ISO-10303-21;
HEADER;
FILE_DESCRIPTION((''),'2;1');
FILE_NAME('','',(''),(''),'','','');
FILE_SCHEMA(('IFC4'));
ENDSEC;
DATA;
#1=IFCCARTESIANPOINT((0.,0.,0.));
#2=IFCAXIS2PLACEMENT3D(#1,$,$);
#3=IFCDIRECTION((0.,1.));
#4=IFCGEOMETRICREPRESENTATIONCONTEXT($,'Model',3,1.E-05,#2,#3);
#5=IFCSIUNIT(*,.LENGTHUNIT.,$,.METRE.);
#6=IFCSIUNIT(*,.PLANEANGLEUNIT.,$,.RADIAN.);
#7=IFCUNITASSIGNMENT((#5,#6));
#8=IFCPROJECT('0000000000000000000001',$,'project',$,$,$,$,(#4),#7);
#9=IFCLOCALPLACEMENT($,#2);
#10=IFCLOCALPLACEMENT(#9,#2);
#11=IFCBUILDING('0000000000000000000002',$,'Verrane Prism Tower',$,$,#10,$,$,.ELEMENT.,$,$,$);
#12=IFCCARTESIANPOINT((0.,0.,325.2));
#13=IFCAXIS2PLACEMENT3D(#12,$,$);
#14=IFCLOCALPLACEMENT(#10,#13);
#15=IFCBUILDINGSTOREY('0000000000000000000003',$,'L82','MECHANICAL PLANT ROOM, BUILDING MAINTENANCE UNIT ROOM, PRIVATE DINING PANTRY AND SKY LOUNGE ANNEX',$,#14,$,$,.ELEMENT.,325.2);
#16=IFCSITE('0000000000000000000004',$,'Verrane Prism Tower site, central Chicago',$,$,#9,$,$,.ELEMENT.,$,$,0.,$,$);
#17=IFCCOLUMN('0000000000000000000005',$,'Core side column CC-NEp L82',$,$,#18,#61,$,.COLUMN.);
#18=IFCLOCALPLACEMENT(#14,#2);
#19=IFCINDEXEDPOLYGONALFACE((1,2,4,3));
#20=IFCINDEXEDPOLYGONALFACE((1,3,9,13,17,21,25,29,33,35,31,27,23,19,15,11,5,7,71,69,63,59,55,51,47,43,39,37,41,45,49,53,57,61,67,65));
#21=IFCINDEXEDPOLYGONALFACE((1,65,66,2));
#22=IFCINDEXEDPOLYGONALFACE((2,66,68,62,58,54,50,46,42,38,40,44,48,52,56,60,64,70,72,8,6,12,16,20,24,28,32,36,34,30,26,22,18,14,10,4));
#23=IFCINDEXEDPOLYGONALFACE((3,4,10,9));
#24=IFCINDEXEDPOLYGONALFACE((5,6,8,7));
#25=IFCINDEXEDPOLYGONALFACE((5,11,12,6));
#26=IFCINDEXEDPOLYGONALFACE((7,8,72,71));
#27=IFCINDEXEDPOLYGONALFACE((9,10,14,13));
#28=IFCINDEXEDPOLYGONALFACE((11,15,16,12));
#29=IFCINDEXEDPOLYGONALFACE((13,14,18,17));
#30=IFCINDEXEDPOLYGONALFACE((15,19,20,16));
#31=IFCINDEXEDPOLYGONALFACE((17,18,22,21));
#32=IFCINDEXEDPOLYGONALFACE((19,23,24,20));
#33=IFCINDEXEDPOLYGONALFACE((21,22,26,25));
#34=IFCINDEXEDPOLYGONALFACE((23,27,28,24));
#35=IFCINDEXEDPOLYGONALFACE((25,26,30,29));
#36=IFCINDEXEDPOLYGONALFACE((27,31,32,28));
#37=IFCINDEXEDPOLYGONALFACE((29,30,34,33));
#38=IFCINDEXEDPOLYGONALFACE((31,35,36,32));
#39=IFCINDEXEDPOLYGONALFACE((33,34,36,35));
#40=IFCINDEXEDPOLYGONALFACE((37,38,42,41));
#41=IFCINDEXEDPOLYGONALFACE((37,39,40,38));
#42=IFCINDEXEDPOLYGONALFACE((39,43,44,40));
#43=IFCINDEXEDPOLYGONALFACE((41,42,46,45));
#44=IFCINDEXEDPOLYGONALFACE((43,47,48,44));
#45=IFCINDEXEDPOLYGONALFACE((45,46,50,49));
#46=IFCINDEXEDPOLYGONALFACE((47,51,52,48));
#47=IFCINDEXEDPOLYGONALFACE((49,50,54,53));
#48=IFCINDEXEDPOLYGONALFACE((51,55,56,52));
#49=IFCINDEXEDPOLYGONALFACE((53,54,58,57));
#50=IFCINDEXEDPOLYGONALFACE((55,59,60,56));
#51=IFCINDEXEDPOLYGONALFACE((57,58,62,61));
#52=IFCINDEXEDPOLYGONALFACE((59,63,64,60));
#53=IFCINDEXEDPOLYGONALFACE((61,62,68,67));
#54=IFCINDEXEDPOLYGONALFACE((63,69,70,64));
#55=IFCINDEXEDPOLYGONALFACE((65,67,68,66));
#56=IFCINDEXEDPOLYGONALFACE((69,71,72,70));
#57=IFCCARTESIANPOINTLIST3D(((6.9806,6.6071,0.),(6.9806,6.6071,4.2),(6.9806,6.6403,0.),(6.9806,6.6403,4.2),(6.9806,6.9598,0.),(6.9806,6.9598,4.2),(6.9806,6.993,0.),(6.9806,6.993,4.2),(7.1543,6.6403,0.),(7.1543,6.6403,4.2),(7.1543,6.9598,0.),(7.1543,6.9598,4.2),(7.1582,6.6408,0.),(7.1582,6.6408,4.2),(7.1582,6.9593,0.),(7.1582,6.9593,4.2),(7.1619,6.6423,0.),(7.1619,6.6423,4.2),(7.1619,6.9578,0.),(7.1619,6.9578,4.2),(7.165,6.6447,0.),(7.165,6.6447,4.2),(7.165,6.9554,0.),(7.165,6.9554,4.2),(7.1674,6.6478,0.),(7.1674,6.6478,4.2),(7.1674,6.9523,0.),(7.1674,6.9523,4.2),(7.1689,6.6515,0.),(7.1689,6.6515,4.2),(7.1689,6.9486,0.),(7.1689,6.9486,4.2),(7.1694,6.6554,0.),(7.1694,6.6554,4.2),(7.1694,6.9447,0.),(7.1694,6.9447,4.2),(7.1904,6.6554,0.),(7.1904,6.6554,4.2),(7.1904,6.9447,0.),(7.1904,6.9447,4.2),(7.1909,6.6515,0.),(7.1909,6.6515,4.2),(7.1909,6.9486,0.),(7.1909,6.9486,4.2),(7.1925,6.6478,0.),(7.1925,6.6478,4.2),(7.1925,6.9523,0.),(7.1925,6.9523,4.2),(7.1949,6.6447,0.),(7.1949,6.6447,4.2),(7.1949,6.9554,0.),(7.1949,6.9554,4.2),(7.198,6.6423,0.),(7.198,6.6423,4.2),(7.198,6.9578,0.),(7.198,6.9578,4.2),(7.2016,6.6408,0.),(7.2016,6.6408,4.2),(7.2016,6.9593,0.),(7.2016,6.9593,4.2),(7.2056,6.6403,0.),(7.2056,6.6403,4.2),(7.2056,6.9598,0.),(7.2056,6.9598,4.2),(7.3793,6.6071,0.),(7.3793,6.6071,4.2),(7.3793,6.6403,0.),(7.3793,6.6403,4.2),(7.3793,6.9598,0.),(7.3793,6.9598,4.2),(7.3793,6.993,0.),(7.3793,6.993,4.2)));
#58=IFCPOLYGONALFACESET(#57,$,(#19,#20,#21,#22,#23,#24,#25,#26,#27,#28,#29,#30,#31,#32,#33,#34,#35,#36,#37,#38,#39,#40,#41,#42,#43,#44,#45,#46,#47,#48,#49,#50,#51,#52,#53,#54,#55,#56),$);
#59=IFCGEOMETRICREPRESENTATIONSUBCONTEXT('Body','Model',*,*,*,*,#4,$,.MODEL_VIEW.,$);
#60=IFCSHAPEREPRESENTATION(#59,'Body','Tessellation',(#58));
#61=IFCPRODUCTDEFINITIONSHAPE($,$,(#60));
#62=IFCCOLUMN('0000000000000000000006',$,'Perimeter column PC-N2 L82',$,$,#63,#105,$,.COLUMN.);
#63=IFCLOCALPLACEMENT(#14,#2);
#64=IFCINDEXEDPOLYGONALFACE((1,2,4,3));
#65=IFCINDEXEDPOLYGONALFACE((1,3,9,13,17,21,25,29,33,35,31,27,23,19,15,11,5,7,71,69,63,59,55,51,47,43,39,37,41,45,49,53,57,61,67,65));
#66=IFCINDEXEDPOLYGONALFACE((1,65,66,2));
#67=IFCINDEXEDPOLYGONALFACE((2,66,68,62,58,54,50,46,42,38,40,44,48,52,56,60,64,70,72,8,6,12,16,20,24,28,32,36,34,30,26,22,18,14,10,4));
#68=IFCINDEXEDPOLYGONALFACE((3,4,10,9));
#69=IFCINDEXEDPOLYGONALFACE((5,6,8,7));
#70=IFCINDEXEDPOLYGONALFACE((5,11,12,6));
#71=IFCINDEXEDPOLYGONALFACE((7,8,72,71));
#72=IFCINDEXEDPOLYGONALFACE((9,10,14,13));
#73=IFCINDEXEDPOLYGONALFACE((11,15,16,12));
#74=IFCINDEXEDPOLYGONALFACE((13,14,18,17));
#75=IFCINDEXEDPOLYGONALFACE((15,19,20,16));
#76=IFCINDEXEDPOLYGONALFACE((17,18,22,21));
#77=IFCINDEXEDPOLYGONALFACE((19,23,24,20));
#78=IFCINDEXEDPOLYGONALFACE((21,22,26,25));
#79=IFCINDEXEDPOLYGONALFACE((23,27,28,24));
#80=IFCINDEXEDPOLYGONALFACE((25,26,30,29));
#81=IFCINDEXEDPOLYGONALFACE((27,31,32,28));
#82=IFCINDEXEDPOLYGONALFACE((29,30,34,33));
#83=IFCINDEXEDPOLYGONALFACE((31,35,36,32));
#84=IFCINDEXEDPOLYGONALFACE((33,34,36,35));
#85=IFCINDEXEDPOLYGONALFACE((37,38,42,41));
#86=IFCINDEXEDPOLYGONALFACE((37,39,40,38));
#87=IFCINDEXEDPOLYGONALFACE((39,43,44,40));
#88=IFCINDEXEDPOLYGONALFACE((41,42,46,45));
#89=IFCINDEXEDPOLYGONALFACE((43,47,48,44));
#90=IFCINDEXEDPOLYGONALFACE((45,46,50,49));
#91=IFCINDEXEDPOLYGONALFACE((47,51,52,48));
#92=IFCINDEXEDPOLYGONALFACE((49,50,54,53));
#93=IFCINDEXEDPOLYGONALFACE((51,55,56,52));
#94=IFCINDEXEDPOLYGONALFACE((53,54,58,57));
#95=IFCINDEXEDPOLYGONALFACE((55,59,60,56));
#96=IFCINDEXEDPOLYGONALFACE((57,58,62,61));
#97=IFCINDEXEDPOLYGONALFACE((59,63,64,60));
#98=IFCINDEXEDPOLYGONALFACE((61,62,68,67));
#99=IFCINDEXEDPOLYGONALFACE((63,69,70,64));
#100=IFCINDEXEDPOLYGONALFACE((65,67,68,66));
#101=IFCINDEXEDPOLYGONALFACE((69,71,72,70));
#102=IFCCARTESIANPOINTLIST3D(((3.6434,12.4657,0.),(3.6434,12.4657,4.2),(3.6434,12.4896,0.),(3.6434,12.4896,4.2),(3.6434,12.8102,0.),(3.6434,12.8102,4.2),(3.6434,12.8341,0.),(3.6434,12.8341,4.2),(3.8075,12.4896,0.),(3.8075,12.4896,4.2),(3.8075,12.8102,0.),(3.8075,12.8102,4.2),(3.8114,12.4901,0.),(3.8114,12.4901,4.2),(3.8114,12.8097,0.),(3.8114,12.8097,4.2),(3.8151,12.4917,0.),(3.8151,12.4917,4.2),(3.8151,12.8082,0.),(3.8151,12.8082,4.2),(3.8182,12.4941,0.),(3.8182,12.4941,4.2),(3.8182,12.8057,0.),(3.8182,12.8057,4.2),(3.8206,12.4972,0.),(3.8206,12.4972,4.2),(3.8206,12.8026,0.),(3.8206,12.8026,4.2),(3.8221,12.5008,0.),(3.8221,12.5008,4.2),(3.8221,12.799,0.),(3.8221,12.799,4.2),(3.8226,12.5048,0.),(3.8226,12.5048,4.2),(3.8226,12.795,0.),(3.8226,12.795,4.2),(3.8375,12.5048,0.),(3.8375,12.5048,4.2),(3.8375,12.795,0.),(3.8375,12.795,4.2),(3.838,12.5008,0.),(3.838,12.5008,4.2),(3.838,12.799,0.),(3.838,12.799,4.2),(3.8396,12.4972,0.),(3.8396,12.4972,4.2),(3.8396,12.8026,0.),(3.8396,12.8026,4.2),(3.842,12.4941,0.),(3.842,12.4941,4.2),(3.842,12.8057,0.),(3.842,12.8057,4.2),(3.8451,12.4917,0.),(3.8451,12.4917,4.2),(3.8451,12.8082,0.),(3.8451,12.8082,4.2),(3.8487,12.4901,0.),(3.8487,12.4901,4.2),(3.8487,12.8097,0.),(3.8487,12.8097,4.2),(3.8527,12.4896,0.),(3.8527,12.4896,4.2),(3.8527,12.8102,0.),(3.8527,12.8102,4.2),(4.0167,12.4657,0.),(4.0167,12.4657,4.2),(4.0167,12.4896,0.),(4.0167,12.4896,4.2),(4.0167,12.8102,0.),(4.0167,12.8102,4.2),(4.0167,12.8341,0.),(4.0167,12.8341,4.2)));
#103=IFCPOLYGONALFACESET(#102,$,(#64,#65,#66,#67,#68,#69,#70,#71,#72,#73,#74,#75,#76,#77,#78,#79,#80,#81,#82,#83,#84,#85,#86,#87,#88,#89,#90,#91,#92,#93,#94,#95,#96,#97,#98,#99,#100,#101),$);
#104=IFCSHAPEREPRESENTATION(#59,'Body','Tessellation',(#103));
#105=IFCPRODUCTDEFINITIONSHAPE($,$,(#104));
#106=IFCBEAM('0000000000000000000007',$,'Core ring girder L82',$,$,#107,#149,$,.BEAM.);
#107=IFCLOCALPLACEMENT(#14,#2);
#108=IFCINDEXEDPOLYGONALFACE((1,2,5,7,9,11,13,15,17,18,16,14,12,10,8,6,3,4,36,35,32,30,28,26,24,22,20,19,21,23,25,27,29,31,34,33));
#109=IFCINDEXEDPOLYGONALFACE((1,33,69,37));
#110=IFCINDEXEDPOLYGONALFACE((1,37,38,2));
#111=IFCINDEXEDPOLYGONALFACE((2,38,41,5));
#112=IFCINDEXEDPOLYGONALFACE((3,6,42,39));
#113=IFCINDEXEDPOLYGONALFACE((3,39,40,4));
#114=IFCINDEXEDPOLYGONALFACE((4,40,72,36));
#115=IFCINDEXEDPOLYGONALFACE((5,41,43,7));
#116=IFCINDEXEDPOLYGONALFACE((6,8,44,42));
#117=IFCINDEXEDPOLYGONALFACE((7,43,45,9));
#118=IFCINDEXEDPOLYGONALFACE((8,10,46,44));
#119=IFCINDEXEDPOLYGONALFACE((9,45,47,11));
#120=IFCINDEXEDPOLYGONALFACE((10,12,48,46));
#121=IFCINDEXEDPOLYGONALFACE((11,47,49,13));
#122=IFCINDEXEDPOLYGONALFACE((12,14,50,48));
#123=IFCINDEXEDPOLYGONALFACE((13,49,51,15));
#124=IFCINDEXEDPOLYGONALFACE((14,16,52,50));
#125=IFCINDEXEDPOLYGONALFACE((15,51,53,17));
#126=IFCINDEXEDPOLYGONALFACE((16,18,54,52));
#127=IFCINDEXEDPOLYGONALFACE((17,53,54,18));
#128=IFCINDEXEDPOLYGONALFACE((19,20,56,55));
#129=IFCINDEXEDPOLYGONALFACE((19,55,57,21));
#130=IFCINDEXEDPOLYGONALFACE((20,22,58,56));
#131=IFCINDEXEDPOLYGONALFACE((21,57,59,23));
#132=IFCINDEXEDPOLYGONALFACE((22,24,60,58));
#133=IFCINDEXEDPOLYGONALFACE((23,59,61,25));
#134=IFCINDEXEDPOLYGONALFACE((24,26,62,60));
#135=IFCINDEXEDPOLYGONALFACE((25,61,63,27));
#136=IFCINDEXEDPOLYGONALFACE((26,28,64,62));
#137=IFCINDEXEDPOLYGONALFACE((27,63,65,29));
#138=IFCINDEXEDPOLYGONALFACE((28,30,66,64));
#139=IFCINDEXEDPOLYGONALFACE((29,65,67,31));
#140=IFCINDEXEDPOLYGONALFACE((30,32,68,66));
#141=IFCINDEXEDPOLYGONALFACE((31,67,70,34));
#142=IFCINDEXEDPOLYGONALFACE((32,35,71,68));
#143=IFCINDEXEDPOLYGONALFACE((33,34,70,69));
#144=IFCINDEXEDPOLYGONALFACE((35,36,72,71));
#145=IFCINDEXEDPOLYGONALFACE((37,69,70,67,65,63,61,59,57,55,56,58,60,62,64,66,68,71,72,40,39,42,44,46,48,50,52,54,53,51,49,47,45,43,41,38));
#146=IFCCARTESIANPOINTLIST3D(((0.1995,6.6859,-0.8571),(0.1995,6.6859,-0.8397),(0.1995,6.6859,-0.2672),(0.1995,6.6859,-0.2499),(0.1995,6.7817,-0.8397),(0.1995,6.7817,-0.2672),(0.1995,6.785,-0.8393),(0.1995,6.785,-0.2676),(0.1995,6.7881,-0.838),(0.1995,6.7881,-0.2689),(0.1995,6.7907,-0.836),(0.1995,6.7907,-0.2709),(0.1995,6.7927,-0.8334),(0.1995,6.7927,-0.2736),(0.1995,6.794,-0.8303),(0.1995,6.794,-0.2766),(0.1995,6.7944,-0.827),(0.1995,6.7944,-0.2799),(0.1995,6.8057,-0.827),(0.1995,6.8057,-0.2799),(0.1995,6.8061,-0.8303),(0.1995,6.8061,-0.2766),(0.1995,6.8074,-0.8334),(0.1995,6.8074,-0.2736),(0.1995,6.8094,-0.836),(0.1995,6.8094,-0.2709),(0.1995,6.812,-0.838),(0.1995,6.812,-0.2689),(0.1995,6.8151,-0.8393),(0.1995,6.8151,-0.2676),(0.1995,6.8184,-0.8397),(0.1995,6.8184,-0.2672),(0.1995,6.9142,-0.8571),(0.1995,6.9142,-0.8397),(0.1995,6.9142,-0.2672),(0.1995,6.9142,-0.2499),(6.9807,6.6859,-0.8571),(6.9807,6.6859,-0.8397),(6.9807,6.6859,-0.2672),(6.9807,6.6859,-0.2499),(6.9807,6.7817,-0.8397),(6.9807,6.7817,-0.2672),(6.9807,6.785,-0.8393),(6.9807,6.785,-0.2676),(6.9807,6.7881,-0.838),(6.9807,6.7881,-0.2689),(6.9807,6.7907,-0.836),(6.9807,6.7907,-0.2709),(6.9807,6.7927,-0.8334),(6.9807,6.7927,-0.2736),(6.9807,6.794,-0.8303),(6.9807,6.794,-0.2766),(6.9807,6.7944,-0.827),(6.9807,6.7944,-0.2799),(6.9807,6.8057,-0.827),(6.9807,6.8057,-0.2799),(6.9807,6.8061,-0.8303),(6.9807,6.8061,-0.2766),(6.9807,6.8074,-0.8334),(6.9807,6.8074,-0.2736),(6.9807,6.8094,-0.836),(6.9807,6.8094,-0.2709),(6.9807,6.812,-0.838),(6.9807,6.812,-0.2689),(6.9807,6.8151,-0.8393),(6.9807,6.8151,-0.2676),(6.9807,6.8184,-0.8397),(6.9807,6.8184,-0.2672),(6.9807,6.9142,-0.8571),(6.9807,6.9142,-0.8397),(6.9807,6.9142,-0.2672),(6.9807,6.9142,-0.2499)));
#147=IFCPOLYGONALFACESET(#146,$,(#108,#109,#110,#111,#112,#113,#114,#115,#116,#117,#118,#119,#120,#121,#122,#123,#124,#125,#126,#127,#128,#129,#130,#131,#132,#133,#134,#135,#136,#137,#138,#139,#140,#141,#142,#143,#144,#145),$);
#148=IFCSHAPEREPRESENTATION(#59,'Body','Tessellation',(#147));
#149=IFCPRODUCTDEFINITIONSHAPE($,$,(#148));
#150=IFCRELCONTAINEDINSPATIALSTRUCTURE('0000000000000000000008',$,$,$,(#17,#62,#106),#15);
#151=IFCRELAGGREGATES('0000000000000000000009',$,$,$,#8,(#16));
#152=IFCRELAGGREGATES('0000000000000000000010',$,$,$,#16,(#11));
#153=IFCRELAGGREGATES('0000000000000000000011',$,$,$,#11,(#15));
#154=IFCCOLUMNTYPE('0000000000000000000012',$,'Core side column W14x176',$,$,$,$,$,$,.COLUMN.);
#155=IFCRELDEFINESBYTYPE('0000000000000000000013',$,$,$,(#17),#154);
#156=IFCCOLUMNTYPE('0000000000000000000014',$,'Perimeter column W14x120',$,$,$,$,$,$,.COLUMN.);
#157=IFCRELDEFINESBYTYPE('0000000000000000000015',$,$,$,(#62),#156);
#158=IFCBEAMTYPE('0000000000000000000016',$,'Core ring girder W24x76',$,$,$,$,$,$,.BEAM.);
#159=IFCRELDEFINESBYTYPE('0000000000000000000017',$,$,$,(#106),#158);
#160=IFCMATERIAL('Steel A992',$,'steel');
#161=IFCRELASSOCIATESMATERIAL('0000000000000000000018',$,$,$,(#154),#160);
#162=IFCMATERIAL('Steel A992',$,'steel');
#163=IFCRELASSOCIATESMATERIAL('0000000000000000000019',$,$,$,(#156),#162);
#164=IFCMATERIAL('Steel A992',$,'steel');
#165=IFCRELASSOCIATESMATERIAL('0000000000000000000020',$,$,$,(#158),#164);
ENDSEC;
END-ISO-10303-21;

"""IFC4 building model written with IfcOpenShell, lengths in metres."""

from ifc_helpers import new_model, si_unit, direction, frame, origin, origin_2d, place, context, subcontext, project, spatial, i_section, extrude, material, material_profile, profile_set, type_object, element, save


model = new_model("IFC4")

# Units and contexts
model_context = context("Model", 3, precision=1e-05, world=origin(), true_north=direction((0.0, 1.0)))
body_context = subcontext(model_context, "Body", "Model", "MODEL_VIEW")
ifc_project = project(units=[si_unit("LENGTHUNIT", "METRE"), si_unit("PLANEANGLEUNIT", "RADIAN")], contexts=[model_context])

# Site, building, storey
site_placement = place(None, origin())
site = spatial("IfcSite", under=ifc_project, at=site_placement, Name="Verrane Prism Tower site, central Chicago", CompositionType="ELEMENT", RefElevation=0.0)
building_placement = place(site_placement, origin())
building = spatial("IfcBuilding", under=site, at=building_placement, Name="Verrane Prism Tower", CompositionType="ELEMENT")
storey_placement = place(building_placement, frame((0.0, 0.0, 325.2)))
storey = spatial("IfcBuildingStorey", under=building, at=storey_placement, Name="L82", Description="MECHANICAL PLANT ROOM, BUILDING MAINTENANCE UNIT ROOM, PRIVATE DINING PANTRY AND SKY LOUNGE ANNEX", CompositionType="ELEMENT", Elevation=325.2)

# Columns
ifc_material_1 = material(Name="Steel A992", Category="steel")
ifc_material_profile_1 = material_profile(ifc_material_1, i_section(OverallWidth=0.3987, OverallDepth=0.386, WebThickness=0.021, FlangeThickness=0.0332, FilletRadius=0.0151, at=origin_2d()), Name="W14x176")
ifc_profile_set_1 = profile_set([ifc_material_profile_1], Name="Steel A992")
column_type_1 = type_object("IfcColumnType", Name="Core side column W14x176", PredefinedType="COLUMN", material=ifc_profile_set_1)
column_1_placement = place(storey_placement, frame((7.1799, 6.8, 0.0), z_axis=(0.0, 0.0, 1.0), x_axis=(1.0, 0.0, 0.0)))
element("IfcColumn", 1, at=column_1_placement, inside=storey, type_object=column_type_1, Name="Core side column CC-NEp L82", PredefinedType="COLUMN", context=body_context, shape_type="SweptSolid", body=[
    extrude(i_section(OverallWidth=0.3987, OverallDepth=0.386, WebThickness=0.021, FlangeThickness=0.0332, FilletRadius=0.0151, at=origin_2d()), origin(), (0.0, 0.0, 1.0), 4.2),
])
ifc_material_2 = material(Name="Steel A992", Category="steel")
ifc_material_profile_2 = material_profile(ifc_material_2, i_section(OverallWidth=0.3733, OverallDepth=0.3684, WebThickness=0.0149, FlangeThickness=0.0239, FilletRadius=0.0151, at=origin_2d()), Name="W14x120")
ifc_profile_set_2 = profile_set([ifc_material_profile_2], Name="Steel A992")
column_type_2 = type_object("IfcColumnType", Name="Perimeter column W14x120", PredefinedType="COLUMN", material=ifc_profile_set_2)
column_2_placement = place(storey_placement, frame((3.8301, 12.6499, 0.0), z_axis=(0.0, 0.0, 1.0), x_axis=(1.0, 0.0, 0.0)))
element("IfcColumn", 2, at=column_2_placement, inside=storey, type_object=column_type_2, Name="Perimeter column PC-N2 L82", PredefinedType="COLUMN", context=body_context, shape_type="SweptSolid", body=[
    extrude(i_section(OverallWidth=0.3733, OverallDepth=0.3684, WebThickness=0.0149, FlangeThickness=0.0239, FilletRadius=0.0151, at=origin_2d()), origin(), (0.0, 0.0, 1.0), 4.2),
])

# Beam
ifc_material_3 = material(Name="Steel A992", Category="steel")
ifc_material_profile_3 = material_profile(ifc_material_3, i_section(OverallWidth=0.2283, OverallDepth=0.6072, WebThickness=0.0112, FlangeThickness=0.0173, FilletRadius=0.0127, at=origin_2d()), Name="W24x76")
ifc_profile_set_3 = profile_set([ifc_material_profile_3], Name="Steel A992")
beam_type_1 = type_object("IfcBeamType", Name="Core ring girder W24x76", PredefinedType="BEAM", material=ifc_profile_set_3)
beam_1_placement = place(storey_placement, frame((6.9807, 6.8, -0.5535), z_axis=(-1.0, 0.0, 0.0), x_axis=(0.0, -1.0, 0.0)))
element("IfcBeam", 3, at=beam_1_placement, inside=storey, type_object=beam_type_1, Name="Core ring girder L82", PredefinedType="BEAM", context=body_context, shape_type="SweptSolid", body=[
    extrude(i_section(OverallWidth=0.2283, OverallDepth=0.6072, WebThickness=0.0112, FlangeThickness=0.0173, FilletRadius=0.0127, at=origin_2d()), origin(), (0.0, 0.0, 1.0), 6.7812),
])

save(model, "model.ifc")
